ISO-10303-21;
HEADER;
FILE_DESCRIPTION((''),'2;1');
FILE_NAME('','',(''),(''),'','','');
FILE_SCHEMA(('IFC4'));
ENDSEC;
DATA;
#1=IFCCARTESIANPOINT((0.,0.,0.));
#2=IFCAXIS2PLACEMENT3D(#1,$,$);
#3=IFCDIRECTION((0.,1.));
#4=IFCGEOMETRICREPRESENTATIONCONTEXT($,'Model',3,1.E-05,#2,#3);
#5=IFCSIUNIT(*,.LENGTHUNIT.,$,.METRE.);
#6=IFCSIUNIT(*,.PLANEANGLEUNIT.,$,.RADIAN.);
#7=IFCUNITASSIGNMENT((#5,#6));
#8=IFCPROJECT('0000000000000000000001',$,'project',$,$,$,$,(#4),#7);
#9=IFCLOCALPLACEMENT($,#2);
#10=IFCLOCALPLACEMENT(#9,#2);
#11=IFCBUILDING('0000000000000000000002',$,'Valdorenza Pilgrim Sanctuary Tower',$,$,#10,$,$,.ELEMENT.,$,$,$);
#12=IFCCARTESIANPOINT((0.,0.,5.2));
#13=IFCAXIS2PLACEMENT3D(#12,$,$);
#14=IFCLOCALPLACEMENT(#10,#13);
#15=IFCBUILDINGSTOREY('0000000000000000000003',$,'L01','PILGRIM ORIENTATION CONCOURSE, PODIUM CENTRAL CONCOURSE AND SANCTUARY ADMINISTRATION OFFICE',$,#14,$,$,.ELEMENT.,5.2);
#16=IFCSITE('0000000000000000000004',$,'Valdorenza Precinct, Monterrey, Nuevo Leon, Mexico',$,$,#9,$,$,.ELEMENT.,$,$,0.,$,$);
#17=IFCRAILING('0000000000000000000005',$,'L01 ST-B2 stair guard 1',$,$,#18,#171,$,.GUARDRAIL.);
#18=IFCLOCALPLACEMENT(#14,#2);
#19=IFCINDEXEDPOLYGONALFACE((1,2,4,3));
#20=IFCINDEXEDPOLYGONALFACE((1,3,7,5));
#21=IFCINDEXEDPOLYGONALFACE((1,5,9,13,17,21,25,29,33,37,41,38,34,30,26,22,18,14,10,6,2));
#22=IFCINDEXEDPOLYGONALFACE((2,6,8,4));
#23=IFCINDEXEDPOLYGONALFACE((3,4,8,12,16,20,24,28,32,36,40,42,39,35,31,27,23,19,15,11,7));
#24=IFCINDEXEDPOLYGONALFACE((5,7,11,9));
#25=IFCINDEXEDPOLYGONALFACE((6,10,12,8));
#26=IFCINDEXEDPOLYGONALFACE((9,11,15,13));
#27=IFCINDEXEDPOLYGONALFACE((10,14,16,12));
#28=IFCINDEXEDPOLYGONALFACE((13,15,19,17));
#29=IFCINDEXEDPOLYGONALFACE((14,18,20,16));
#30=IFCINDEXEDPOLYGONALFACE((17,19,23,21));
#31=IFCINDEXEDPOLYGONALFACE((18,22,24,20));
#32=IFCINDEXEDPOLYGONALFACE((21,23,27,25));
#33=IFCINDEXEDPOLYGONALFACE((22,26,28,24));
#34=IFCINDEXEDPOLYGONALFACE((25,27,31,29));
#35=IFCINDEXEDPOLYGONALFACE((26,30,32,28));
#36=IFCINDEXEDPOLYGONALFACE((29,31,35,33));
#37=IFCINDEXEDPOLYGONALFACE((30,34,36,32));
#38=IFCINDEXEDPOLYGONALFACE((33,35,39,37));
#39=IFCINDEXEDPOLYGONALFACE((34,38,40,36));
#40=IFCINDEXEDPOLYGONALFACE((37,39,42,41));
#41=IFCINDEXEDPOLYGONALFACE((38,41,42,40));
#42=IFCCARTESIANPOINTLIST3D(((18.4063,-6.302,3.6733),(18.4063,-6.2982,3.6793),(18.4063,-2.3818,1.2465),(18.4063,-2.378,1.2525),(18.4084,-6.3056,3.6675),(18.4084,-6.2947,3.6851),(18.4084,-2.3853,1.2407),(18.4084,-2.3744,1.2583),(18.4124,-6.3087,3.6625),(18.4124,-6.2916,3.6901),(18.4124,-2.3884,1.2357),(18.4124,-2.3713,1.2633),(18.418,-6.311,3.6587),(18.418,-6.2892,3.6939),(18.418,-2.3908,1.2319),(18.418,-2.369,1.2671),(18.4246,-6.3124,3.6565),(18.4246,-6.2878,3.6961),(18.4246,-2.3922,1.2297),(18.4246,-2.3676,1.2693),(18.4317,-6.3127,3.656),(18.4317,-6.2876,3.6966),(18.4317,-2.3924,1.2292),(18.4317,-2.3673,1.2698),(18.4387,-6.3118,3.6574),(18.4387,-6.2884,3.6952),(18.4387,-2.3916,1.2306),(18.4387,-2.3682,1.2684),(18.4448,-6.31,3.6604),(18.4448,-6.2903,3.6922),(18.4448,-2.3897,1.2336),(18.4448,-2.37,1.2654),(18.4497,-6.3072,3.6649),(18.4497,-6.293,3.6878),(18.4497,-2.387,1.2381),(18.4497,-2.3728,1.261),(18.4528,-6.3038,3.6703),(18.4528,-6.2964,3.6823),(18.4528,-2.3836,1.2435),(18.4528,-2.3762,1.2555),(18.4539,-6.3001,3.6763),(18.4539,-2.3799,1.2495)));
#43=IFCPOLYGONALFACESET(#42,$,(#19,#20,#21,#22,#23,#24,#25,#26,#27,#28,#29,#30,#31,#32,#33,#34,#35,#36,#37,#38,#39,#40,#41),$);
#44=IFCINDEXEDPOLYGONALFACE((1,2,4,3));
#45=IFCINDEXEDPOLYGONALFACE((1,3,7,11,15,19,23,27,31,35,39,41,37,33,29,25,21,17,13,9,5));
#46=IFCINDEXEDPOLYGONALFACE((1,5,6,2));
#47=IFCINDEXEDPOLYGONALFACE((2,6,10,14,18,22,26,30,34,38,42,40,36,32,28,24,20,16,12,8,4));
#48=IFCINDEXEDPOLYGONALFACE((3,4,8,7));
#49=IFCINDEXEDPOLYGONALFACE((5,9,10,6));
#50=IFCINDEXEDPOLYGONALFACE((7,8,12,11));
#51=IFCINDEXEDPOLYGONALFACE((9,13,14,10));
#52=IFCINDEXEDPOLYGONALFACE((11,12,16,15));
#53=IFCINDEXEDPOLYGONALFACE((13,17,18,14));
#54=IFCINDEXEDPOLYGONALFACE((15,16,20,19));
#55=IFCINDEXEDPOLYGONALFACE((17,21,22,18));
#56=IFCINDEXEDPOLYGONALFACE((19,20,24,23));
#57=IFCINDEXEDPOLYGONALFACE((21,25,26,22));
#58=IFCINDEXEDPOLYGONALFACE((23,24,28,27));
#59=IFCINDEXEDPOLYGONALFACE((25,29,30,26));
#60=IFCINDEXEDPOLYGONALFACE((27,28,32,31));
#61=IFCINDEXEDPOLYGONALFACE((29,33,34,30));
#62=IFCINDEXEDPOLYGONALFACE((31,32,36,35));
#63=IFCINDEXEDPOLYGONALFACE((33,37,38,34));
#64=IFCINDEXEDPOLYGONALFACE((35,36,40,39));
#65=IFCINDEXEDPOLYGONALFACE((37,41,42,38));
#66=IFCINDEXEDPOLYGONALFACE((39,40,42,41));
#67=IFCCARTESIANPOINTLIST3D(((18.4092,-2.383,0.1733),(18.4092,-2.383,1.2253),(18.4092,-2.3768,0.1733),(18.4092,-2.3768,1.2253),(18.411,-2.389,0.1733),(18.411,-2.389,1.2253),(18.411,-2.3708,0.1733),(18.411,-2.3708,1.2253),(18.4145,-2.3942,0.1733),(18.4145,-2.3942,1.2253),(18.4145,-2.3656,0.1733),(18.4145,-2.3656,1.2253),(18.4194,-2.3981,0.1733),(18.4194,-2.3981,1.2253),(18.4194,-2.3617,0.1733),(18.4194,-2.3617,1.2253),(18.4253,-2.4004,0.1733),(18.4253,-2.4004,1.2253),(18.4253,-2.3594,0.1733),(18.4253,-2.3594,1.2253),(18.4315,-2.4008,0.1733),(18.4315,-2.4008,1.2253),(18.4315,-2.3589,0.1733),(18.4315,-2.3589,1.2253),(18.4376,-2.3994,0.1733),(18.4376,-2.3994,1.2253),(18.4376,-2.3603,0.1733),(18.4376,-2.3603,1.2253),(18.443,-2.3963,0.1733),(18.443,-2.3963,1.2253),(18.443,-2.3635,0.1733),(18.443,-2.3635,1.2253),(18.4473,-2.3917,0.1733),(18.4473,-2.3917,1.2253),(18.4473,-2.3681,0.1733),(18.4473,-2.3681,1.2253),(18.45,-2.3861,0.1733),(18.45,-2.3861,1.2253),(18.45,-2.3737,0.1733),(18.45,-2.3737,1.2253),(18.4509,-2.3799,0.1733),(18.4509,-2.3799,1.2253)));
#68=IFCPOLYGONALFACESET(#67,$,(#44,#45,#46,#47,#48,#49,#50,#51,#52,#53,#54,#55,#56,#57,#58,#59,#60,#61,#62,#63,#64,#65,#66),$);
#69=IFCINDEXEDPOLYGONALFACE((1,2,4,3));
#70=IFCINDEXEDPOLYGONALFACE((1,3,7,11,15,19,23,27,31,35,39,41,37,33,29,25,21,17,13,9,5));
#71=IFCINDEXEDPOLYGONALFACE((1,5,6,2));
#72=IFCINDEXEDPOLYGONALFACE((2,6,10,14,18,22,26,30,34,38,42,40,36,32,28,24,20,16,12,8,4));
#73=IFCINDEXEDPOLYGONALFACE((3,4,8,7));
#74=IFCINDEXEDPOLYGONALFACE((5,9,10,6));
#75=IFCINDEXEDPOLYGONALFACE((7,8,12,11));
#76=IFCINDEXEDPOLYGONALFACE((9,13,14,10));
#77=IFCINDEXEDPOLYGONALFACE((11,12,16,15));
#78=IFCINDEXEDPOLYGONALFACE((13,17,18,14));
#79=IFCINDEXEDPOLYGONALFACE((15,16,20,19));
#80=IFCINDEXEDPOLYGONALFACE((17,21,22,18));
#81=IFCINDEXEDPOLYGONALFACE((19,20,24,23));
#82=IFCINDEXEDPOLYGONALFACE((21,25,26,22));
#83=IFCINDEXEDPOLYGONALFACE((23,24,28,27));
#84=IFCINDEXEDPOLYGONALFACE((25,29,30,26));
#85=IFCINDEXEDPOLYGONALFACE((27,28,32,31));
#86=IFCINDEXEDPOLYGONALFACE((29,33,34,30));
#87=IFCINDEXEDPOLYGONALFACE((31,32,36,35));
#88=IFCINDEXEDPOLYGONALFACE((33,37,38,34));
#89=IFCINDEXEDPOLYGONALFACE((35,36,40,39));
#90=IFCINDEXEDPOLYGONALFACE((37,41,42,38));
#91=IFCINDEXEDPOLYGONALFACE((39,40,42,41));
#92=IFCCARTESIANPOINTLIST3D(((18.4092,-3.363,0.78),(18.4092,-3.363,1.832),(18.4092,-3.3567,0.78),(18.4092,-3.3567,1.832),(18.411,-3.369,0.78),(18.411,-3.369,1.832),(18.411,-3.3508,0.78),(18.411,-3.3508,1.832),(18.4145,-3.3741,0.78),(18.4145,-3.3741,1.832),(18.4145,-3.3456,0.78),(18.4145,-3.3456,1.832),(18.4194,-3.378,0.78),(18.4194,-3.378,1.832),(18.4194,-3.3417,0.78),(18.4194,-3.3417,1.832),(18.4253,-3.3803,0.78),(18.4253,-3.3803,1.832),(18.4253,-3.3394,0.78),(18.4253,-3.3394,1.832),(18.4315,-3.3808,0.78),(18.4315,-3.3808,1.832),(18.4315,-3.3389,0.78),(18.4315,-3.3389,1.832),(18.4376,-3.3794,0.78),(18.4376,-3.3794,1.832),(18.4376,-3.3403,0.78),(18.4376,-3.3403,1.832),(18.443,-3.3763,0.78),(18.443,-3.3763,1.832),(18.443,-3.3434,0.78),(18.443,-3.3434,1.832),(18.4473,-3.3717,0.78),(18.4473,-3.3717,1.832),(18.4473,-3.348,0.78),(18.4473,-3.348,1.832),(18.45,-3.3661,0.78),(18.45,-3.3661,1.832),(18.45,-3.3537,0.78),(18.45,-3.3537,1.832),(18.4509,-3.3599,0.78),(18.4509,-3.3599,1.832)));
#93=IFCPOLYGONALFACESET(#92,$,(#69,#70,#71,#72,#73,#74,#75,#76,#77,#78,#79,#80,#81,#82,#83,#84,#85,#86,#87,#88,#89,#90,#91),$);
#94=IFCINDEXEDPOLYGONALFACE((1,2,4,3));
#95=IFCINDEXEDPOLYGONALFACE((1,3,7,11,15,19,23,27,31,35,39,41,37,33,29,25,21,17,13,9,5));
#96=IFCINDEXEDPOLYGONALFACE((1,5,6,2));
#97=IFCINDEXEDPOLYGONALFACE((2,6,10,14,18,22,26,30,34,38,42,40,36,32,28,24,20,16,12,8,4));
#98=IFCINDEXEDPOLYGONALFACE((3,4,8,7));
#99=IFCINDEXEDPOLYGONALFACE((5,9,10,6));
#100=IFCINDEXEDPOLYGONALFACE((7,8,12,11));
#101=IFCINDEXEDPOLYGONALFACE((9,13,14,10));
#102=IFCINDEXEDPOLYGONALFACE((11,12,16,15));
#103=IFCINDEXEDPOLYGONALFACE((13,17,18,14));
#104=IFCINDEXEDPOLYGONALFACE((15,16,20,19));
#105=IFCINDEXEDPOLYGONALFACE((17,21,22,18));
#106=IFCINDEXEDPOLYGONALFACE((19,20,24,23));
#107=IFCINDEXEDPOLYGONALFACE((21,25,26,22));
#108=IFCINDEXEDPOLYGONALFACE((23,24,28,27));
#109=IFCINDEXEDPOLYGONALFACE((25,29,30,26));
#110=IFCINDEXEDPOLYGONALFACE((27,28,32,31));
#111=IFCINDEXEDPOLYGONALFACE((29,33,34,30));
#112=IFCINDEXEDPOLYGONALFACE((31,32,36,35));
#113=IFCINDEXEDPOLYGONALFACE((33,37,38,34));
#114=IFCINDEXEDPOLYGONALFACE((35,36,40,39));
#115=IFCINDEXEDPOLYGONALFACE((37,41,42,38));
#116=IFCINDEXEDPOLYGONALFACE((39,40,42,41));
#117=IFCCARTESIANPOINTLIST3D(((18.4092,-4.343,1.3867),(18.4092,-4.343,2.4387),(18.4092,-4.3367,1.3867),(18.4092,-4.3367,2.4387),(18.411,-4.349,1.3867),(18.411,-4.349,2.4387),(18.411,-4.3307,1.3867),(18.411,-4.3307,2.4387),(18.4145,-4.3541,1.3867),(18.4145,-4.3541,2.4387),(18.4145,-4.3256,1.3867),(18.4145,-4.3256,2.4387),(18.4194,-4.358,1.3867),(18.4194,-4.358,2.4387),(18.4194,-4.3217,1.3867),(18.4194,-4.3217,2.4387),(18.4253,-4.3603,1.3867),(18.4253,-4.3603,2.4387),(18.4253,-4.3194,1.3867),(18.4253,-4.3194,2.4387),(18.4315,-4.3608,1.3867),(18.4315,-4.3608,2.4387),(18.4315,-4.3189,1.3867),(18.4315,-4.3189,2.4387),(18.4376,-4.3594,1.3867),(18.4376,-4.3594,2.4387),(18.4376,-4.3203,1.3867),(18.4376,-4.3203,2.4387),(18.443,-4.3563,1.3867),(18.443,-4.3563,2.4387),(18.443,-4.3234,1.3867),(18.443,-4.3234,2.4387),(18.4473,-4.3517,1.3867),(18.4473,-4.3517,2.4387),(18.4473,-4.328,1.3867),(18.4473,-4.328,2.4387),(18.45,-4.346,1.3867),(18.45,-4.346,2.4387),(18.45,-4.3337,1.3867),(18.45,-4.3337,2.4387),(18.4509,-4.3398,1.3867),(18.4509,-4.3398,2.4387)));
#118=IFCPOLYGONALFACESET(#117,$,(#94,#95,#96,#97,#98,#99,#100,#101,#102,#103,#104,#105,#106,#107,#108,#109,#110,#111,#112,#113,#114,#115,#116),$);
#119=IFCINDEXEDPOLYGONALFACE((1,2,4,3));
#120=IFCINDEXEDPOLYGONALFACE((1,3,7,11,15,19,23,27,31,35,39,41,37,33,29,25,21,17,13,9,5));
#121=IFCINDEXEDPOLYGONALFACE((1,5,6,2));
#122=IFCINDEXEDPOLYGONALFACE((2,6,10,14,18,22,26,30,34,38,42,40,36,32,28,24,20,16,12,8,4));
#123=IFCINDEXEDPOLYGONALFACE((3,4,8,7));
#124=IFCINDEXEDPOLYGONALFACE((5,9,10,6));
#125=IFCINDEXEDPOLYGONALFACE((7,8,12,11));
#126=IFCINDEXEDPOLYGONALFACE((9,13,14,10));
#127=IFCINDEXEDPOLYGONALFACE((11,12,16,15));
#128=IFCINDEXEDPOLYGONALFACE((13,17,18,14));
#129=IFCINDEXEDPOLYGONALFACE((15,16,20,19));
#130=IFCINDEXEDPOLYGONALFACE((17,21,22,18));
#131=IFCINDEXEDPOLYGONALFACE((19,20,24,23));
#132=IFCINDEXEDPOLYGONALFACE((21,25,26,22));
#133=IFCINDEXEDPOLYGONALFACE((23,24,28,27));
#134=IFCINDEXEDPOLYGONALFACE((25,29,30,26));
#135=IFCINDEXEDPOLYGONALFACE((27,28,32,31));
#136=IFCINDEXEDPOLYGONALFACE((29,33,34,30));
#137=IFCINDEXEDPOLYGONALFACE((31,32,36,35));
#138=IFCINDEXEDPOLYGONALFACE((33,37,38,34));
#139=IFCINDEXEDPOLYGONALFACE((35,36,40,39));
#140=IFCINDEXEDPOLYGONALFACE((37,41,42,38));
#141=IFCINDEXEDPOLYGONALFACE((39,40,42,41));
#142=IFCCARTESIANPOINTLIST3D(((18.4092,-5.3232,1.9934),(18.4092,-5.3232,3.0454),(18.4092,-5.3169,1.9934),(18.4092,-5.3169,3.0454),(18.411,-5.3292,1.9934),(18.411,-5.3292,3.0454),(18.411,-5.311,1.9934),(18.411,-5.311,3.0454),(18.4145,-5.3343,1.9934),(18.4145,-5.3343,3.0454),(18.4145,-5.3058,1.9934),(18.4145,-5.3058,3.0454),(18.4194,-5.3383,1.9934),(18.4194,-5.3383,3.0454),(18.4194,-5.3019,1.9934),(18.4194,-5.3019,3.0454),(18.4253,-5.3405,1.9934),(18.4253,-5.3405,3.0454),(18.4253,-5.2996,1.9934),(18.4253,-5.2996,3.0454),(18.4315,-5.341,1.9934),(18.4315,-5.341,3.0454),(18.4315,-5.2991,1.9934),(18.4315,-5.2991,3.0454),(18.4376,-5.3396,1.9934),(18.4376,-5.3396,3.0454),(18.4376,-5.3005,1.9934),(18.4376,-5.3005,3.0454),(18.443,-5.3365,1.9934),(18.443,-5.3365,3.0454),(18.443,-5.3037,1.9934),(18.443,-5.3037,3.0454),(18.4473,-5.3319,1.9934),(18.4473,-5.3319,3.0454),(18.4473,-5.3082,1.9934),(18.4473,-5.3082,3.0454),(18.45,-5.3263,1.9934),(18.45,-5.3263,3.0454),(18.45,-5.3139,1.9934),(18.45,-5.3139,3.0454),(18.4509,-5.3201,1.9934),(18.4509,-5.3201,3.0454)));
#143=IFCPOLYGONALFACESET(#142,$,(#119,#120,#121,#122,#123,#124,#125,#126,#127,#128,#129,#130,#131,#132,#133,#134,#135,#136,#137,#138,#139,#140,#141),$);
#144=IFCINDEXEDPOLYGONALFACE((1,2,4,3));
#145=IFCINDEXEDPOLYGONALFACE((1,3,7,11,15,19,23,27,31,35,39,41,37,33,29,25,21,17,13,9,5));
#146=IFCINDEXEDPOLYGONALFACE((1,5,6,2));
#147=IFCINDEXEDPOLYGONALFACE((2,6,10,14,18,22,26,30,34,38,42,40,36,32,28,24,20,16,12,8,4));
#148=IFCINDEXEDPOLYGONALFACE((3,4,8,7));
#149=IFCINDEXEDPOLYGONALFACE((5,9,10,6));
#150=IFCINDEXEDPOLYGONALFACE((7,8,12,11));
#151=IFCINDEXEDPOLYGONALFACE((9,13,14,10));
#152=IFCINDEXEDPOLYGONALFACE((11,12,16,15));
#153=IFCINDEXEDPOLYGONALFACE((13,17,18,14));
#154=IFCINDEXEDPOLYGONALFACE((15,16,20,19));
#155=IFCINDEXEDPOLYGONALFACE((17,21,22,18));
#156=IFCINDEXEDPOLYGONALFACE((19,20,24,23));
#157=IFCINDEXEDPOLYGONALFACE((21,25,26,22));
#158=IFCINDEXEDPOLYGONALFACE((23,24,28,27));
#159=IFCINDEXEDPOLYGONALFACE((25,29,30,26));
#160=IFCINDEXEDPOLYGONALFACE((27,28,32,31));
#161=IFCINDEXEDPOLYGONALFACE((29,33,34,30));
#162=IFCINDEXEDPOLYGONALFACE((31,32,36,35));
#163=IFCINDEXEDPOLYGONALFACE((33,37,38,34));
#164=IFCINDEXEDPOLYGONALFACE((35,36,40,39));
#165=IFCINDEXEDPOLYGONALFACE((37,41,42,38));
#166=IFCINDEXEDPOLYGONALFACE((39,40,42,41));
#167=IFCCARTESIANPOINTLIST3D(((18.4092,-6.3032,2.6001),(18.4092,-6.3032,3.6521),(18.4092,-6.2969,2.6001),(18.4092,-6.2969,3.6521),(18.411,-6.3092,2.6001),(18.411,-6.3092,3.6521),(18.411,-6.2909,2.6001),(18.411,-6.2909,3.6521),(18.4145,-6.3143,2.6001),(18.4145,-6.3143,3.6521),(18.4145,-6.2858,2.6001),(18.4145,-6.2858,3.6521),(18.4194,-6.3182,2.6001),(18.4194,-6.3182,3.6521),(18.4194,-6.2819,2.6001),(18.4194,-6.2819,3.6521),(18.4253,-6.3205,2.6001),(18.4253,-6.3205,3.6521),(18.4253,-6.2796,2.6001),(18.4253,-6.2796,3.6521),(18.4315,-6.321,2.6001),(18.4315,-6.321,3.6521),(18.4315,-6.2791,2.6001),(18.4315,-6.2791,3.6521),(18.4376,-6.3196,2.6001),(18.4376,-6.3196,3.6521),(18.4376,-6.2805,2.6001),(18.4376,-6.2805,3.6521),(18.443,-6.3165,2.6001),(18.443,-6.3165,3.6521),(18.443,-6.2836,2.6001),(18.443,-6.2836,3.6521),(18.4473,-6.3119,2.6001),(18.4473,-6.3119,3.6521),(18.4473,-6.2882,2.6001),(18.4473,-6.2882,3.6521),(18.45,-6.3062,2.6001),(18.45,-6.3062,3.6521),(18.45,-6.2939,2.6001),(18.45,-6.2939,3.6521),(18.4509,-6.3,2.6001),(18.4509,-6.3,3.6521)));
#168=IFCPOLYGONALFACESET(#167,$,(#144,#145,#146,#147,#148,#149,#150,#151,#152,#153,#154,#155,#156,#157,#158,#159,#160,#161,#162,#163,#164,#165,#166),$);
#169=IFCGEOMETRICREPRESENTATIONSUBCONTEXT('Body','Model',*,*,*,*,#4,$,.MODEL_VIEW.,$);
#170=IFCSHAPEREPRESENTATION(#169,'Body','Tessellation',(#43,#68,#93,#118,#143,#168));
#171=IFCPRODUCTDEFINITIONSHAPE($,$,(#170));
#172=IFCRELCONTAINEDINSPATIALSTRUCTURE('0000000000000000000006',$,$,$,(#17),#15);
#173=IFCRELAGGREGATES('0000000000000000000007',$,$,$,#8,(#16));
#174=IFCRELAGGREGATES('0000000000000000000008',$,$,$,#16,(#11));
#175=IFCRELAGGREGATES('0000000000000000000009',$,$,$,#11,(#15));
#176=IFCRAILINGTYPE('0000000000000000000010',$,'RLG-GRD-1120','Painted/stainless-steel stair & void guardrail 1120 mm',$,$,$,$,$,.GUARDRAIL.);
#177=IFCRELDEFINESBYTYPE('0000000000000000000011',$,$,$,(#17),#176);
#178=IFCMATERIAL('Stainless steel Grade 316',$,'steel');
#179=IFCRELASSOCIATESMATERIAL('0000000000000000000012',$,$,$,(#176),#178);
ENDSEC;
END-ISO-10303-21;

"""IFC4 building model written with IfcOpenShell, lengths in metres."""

from ifc_helpers import new_model, si_unit, direction, frame, origin, origin_2d, place, context, subcontext, project, spatial, circle, extrude, material, type_object, element, save


model = new_model("IFC4")

# Units and contexts
model_context = context("Model", 3, precision=1e-05, world=origin(), true_north=direction((0.0, 1.0)))
body_context = subcontext(model_context, "Body", "Model", "MODEL_VIEW")
ifc_project = project(units=[si_unit("LENGTHUNIT", "METRE"), si_unit("PLANEANGLEUNIT", "RADIAN")], contexts=[model_context])

# Site, building, storey
site_placement = place(None, origin())
site = spatial("IfcSite", under=ifc_project, at=site_placement, Name="Valdorenza Precinct, Monterrey, Nuevo Leon, Mexico", CompositionType="ELEMENT", RefElevation=0.0)
building_placement = place(site_placement, origin())
building = spatial("IfcBuilding", under=site, at=building_placement, Name="Valdorenza Pilgrim Sanctuary Tower", CompositionType="ELEMENT")
storey_placement = place(building_placement, frame((0.0, 0.0, 5.2)))
storey = spatial("IfcBuildingStorey", under=building, at=storey_placement, Name="L01", Description="PILGRIM ORIENTATION CONCOURSE, PODIUM CENTRAL CONCOURSE AND SANCTUARY ADMINISTRATION OFFICE", CompositionType="ELEMENT", Elevation=5.2)

# Railing
ifc_material_1 = material(Name="Stainless steel Grade 316", Category="steel")
railing_type_1 = type_object("IfcRailingType", Name="RLG-GRD-1120", Description="Painted/stainless-steel stair & void guardrail 1120 mm", PredefinedType="GUARDRAIL", material=ifc_material_1)
railing_1_placement = place(storey_placement, frame((18.4299, -2.3799, 0.1733)))
element("IfcRailing", 1, at=railing_1_placement, inside=storey, type_object=railing_type_1, Name="L01 ST-B2 stair guard 1", PredefinedType="GUARDRAIL", context=body_context, shape_type="SweptSolid", body=[
    extrude(circle(Radius=0.0239, at=origin_2d()), frame((0.0, 0.0, 1.0762), z_axis=(0.0, -0.850266, 0.526353), x_axis=(1.0, 0.0, 0.0)), (0.0, 0.0, 1.0), 4.6106),
    extrude(circle(Radius=0.021, at=origin_2d()), origin(), (0.0, 0.0, 1.0), 1.052),
    extrude(circle(Radius=0.021, at=origin_2d()), frame((0.0, -0.98, 0.6067)), (0.0, 0.0, 1.0), 1.052),
    extrude(circle(Radius=0.021, at=origin_2d()), frame((0.0, -1.96, 1.2134)), (0.0, 0.0, 1.0), 1.052),
    extrude(circle(Radius=0.021, at=origin_2d()), frame((0.0, -2.9402, 1.8201)), (0.0, 0.0, 1.0), 1.052),
    extrude(circle(Radius=0.021, at=origin_2d()), frame((0.0, -3.9202, 2.4268)), (0.0, 0.0, 1.0), 1.052),
])

save(model, "model.ifc")
